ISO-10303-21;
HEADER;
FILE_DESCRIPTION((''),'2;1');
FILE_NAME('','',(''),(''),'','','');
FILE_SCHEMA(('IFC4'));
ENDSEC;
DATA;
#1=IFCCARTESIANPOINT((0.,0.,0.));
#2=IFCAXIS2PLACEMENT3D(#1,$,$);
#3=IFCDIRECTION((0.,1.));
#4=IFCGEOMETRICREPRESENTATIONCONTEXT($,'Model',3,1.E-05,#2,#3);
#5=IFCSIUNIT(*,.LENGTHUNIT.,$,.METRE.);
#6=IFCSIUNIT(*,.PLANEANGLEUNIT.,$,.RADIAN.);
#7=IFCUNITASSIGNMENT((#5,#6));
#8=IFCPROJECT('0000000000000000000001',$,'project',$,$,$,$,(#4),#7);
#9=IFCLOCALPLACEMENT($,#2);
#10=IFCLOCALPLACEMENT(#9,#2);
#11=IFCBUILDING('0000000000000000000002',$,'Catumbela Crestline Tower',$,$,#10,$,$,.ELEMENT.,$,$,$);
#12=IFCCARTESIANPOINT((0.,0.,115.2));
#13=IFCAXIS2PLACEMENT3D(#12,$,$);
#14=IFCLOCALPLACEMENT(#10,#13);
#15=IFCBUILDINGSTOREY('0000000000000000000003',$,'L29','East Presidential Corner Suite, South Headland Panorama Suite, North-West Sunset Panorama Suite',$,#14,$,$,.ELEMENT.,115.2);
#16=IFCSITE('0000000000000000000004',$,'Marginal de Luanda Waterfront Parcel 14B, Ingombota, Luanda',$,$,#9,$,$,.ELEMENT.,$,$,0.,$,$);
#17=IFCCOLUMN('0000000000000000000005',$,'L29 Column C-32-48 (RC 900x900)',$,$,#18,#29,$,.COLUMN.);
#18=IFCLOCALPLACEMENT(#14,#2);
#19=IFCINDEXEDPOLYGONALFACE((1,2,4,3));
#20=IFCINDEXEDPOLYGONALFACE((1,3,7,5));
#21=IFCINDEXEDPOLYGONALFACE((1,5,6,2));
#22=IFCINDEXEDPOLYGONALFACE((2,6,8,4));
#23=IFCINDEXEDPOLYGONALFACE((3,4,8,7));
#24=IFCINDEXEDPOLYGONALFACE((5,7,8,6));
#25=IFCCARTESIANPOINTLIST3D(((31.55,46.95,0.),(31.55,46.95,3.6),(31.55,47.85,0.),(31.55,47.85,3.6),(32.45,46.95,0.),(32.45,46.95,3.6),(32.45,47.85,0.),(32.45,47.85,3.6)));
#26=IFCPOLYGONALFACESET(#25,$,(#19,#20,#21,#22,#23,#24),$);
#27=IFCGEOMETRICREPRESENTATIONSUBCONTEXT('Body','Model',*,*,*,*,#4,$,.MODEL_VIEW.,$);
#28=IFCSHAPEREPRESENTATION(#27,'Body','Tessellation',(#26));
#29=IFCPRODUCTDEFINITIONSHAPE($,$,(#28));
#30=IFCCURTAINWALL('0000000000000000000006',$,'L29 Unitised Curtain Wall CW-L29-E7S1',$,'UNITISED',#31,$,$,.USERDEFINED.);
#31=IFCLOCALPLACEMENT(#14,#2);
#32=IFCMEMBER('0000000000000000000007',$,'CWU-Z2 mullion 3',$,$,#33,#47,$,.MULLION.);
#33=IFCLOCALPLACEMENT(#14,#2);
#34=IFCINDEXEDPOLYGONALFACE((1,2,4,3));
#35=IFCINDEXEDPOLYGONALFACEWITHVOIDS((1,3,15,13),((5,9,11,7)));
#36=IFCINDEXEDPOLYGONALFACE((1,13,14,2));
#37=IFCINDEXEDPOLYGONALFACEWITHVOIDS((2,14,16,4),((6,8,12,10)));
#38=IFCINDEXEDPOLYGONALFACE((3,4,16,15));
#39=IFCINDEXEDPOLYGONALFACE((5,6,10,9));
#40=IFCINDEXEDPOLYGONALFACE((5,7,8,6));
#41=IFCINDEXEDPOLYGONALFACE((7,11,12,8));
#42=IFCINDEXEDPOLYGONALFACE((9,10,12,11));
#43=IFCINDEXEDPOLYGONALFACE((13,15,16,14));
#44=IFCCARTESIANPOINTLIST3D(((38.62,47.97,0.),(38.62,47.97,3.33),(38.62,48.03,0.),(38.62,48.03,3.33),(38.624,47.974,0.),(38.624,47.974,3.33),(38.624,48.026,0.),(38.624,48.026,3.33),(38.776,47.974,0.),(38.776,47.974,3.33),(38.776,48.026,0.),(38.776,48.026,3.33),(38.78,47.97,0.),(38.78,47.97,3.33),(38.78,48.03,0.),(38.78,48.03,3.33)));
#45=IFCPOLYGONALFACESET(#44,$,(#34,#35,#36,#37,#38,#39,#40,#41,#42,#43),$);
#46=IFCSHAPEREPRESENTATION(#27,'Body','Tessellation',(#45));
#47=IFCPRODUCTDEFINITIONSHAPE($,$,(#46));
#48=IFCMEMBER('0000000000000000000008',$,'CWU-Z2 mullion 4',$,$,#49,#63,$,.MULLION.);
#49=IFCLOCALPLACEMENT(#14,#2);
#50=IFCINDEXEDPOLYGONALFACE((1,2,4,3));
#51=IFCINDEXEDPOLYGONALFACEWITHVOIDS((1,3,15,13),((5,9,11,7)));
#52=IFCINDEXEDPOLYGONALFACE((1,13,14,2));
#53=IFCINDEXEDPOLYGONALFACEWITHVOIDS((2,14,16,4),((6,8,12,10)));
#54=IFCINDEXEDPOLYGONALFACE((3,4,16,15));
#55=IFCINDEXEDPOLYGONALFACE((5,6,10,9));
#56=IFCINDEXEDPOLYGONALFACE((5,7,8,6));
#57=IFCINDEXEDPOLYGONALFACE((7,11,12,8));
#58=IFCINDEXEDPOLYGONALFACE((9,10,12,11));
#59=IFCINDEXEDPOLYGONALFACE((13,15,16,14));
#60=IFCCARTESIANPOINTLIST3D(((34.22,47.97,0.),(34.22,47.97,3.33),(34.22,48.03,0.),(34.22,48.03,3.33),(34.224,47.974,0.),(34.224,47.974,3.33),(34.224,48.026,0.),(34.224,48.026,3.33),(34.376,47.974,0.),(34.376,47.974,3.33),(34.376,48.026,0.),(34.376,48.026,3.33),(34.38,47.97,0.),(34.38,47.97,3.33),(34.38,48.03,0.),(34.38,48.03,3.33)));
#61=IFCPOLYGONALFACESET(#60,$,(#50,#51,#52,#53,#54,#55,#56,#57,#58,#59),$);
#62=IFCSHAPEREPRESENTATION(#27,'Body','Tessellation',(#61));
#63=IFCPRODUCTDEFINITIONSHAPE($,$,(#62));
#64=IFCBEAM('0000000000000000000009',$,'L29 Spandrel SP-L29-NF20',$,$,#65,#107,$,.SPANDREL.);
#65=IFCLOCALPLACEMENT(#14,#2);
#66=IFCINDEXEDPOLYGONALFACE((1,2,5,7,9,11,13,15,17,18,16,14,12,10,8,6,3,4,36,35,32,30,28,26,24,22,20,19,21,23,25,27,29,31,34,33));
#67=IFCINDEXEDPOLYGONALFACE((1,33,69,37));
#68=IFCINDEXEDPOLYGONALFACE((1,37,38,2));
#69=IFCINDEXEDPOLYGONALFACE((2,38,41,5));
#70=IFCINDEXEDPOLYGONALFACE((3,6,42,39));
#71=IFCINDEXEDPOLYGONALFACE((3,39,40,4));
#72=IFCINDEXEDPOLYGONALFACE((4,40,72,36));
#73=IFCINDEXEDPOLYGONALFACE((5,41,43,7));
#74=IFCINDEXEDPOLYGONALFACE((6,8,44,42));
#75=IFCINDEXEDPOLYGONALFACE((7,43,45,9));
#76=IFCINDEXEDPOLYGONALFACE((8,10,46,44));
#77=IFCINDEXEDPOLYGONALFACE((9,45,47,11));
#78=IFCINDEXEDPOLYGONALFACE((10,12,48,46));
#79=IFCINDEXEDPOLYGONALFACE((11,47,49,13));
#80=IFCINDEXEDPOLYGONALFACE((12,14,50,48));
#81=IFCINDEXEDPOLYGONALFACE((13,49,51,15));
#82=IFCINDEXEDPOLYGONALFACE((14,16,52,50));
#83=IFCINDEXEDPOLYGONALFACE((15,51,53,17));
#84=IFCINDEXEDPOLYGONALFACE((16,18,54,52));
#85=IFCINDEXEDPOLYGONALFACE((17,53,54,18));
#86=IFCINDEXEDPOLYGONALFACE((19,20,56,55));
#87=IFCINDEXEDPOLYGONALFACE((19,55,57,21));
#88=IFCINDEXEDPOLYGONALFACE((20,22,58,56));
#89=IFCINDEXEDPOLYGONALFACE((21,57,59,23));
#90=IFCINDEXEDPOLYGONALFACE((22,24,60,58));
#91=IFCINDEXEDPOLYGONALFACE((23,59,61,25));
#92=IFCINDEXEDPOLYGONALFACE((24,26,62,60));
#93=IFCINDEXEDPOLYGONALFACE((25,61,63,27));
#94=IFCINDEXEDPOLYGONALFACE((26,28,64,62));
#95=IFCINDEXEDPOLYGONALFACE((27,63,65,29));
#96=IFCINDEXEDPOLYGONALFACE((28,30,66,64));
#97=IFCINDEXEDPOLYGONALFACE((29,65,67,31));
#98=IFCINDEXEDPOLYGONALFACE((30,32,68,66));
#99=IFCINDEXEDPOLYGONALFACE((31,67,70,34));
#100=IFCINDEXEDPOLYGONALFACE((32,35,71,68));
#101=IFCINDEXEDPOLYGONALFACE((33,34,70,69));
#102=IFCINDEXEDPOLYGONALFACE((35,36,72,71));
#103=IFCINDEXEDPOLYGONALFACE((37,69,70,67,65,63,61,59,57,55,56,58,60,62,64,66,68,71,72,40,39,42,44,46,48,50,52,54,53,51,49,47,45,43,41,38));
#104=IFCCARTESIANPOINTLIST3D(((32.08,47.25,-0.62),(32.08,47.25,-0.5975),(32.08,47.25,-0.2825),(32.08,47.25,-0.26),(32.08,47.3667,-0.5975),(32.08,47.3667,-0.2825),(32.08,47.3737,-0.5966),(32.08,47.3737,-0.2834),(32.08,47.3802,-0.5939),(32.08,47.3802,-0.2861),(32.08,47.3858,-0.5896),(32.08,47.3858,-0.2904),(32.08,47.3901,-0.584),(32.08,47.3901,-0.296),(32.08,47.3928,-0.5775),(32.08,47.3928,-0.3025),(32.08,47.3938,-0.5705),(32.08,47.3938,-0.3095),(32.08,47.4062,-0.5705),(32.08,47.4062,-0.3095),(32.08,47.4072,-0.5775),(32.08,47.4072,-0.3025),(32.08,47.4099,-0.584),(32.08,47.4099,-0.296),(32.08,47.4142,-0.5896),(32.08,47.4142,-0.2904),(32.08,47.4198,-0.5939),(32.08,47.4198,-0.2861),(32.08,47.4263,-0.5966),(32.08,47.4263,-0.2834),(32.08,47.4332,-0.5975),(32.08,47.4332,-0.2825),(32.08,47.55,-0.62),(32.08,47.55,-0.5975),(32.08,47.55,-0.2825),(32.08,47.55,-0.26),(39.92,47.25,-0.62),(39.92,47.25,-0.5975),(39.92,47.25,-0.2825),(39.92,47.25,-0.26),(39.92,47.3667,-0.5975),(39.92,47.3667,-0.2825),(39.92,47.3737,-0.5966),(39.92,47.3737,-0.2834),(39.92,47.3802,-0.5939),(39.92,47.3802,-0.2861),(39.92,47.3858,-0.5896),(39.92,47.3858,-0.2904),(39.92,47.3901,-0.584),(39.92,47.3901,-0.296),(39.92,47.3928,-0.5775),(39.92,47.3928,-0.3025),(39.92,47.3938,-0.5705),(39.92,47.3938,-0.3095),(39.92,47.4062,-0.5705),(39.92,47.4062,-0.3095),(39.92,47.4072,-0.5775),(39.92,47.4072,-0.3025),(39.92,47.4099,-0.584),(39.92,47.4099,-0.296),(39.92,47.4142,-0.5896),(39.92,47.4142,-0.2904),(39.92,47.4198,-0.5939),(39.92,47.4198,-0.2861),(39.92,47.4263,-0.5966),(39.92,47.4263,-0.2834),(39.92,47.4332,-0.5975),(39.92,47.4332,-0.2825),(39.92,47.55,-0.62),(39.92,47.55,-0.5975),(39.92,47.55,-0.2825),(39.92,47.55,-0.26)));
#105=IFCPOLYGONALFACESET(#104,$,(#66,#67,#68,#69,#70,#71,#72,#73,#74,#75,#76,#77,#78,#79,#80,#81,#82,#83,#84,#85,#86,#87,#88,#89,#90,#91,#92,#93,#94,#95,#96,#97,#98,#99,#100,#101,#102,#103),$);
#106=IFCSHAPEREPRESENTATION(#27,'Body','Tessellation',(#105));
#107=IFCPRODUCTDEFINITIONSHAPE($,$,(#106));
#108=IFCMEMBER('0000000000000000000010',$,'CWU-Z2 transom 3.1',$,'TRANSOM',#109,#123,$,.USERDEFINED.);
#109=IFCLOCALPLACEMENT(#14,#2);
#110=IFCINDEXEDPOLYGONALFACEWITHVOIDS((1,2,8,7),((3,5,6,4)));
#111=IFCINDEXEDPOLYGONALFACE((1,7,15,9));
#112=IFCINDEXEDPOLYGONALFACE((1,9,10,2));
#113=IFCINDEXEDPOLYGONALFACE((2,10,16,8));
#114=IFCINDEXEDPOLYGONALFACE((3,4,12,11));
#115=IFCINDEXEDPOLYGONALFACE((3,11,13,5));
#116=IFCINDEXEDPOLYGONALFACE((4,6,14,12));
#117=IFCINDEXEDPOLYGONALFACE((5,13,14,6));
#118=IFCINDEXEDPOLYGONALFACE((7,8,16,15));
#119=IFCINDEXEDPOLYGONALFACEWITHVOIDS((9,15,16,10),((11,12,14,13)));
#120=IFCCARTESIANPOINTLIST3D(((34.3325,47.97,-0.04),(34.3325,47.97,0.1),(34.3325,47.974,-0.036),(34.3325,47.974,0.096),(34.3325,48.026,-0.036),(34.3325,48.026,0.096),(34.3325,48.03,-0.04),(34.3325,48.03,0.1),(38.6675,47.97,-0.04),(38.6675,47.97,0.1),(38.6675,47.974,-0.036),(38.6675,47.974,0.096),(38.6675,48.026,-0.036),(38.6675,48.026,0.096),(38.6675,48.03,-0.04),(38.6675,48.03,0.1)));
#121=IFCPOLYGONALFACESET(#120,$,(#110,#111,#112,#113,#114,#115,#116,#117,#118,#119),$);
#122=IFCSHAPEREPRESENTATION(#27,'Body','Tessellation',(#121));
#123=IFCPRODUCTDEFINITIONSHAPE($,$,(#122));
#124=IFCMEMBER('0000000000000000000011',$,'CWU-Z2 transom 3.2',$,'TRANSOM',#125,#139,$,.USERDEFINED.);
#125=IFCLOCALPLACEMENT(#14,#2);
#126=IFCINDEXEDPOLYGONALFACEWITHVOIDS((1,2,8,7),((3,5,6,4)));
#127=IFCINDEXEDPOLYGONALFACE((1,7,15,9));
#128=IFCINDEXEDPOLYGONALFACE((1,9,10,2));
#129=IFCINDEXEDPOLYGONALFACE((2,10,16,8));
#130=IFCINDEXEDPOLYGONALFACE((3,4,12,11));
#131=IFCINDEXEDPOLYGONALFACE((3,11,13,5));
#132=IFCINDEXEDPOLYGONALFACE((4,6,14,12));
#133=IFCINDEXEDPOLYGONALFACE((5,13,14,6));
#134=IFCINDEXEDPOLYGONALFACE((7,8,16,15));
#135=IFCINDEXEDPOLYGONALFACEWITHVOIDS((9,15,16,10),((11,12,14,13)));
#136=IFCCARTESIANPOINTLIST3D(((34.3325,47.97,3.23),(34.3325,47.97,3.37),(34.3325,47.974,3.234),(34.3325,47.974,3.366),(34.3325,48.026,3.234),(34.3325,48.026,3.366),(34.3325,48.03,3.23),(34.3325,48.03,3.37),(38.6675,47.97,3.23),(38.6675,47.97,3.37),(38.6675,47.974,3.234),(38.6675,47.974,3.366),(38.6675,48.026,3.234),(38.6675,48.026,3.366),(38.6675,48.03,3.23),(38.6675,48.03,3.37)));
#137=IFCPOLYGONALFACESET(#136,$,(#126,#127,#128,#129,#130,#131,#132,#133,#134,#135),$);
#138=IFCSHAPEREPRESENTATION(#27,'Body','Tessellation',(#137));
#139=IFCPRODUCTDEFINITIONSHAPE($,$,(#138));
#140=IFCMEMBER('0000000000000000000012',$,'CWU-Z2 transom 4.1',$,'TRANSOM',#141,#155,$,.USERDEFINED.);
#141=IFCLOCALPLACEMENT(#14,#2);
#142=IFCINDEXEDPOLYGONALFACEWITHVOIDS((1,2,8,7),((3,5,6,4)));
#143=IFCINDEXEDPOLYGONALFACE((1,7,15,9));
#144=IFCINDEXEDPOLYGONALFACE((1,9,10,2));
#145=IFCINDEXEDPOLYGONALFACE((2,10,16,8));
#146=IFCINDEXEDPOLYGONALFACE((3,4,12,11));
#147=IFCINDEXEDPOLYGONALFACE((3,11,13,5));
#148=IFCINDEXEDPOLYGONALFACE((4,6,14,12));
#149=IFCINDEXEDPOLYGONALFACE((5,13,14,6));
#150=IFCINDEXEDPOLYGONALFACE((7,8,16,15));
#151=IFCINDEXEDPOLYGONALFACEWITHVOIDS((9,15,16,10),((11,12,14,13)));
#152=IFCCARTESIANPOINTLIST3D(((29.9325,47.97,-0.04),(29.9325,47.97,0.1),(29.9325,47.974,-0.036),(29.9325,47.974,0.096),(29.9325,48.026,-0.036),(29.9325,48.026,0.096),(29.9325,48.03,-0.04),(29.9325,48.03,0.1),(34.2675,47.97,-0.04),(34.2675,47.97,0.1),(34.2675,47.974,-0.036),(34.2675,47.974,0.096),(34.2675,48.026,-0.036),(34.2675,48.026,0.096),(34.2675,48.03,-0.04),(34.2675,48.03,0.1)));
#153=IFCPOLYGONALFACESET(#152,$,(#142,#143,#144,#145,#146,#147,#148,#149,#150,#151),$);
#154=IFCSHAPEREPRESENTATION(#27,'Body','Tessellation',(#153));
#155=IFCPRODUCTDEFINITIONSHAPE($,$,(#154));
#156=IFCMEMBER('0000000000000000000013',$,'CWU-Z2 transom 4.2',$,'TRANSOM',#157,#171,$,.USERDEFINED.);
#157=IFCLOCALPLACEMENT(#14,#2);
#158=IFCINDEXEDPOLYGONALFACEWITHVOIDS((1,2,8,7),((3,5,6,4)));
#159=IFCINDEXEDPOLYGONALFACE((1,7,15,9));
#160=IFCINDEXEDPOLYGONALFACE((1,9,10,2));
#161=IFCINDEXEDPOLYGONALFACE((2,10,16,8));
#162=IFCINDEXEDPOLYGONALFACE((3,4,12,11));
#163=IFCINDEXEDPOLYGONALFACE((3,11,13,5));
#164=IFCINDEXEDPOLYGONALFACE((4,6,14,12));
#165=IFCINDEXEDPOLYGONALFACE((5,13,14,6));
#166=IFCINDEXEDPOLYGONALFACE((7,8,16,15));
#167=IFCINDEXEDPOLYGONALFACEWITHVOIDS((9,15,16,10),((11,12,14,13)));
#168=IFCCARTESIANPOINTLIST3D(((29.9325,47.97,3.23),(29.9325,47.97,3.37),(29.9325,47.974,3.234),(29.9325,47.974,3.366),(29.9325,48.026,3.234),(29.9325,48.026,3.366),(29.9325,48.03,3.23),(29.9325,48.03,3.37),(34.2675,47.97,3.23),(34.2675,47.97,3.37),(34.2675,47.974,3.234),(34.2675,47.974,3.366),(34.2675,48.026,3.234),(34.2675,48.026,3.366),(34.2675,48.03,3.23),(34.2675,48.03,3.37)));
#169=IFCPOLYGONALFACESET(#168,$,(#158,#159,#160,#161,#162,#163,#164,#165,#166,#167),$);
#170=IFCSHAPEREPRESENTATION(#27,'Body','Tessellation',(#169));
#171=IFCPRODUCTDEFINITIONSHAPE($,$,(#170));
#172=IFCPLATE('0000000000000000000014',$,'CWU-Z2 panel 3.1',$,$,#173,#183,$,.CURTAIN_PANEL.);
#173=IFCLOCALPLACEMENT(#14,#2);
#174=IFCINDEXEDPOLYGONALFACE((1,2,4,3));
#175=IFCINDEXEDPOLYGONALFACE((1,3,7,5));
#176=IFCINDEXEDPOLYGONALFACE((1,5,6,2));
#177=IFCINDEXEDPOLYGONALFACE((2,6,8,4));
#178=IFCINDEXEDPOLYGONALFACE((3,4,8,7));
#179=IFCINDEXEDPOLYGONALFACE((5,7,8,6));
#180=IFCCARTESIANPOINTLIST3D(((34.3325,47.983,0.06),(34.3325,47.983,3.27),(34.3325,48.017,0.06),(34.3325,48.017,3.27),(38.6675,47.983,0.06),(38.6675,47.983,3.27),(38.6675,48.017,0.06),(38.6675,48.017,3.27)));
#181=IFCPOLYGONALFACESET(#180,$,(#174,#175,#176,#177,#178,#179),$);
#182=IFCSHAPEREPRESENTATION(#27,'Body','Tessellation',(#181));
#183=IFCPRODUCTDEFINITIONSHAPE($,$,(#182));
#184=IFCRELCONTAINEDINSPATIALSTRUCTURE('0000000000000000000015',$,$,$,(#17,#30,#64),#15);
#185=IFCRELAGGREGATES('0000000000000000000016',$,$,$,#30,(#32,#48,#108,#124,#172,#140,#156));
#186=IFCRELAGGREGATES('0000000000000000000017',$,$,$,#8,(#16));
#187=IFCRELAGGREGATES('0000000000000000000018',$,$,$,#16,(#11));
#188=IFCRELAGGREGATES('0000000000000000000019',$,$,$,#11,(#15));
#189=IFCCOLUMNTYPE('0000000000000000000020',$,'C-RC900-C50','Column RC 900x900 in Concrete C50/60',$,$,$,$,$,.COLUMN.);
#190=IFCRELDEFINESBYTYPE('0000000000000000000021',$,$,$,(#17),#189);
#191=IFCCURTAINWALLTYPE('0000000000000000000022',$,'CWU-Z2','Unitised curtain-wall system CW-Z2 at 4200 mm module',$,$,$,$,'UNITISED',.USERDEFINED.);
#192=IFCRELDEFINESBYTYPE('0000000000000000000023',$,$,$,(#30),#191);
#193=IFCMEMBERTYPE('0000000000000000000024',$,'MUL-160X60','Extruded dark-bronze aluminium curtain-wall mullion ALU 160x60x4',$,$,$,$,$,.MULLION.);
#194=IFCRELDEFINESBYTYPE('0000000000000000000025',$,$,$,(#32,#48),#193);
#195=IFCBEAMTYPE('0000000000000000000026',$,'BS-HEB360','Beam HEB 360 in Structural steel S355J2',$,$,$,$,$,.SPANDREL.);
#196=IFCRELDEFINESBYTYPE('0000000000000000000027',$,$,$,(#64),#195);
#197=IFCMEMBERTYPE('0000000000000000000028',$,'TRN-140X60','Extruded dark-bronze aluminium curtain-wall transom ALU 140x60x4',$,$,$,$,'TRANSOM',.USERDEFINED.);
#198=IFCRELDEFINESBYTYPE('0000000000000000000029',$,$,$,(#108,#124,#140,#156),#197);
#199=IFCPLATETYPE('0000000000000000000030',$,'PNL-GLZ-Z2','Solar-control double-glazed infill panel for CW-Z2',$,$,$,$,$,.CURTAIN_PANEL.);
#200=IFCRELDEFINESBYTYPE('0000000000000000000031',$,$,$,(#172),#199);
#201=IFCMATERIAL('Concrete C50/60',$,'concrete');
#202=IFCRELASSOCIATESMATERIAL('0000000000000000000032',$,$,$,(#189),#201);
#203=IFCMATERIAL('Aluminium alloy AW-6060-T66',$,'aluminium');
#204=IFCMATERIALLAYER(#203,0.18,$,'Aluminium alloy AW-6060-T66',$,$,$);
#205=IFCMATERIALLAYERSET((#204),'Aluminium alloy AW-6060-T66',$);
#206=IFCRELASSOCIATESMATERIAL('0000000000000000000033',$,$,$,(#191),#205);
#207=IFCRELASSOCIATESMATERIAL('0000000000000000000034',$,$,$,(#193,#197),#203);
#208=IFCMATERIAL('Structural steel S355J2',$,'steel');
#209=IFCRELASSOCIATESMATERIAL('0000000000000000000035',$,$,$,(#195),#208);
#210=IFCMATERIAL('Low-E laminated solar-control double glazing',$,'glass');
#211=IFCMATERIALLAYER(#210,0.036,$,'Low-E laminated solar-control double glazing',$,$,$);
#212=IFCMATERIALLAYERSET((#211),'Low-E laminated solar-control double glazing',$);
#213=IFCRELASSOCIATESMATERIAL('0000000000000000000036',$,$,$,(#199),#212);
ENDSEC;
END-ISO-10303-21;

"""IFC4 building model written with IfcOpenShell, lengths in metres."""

from ifc_helpers import new_model, si_unit, direction, frame, origin, origin_2d, place, context, subcontext, project, spatial, rectangle, hollow_rectangle, i_section, extrude, material, layer, layer_set, material_profile, profile_set, type_object, element, aggregate, save


model = new_model("IFC4")

# Units and contexts
model_context = context("Model", 3, precision=1e-05, world=origin(), true_north=direction((0.0, 1.0)))
body_context = subcontext(model_context, "Body", "Model", "MODEL_VIEW")
ifc_project = project(units=[si_unit("LENGTHUNIT", "METRE"), si_unit("PLANEANGLEUNIT", "RADIAN")], contexts=[model_context])

# Site, building, storey
site_placement = place(None, origin())
site = spatial("IfcSite", under=ifc_project, at=site_placement, Name="Marginal de Luanda Waterfront Parcel 14B, Ingombota, Luanda", CompositionType="ELEMENT", RefElevation=0.0)
building_placement = place(site_placement, origin())
building = spatial("IfcBuilding", under=site, at=building_placement, Name="Catumbela Crestline Tower", CompositionType="ELEMENT")
storey_placement = place(building_placement, frame((0.0, 0.0, 115.2)))
storey = spatial("IfcBuildingStorey", under=building, at=storey_placement, Name="L29", Description="East Presidential Corner Suite, South Headland Panorama Suite, North-West Sunset Panorama Suite", CompositionType="ELEMENT", Elevation=115.2)

# Column
ifc_material_1 = material(Name="Concrete C50/60", Category="concrete")
ifc_material_profile_1 = material_profile(ifc_material_1, rectangle(XDim=0.9, YDim=0.9, at=origin_2d()), Name="RC 900x900")
ifc_profile_set_1 = profile_set([ifc_material_profile_1], Name="Concrete C50/60")
column_type = type_object("IfcColumnType", Name="C-RC900-C50", Description="Column RC 900x900 in Concrete C50/60", PredefinedType="COLUMN", material=ifc_profile_set_1)
column_placement = place(storey_placement, frame((32.0, 47.4, 0.0), z_axis=(0.0, 0.0, 1.0), x_axis=(1.0, 0.0, 0.0)))
element("IfcColumn", 1, at=column_placement, inside=storey, type_object=column_type, Name="L29 Column C-32-48 (RC 900x900)", PredefinedType="COLUMN", context=body_context, shape_type="SweptSolid", body=[
    extrude(rectangle(XDim=0.9, YDim=0.9, at=origin_2d()), origin(), (0.0, 0.0, 1.0), 3.6),
])

# Curtain wall, members
ifc_material_2 = material(Name="Aluminium alloy AW-6060-T66", Category="aluminium")
ifc_layer_1 = layer(ifc_material_2, 0.18, Name="Aluminium alloy AW-6060-T66")
ifc_layer_set_1 = layer_set([ifc_layer_1], Name="Aluminium alloy AW-6060-T66")
curtain_wall_type = type_object("IfcCurtainWallType", Name="CWU-Z2", Description="Unitised curtain-wall system CW-Z2 at 4200 mm module", ElementType="UNITISED", PredefinedType="USERDEFINED", material=ifc_layer_set_1)
curtain_wall_placement = place(storey_placement, origin())
curtain_wall = element("IfcCurtainWall", 2, at=curtain_wall_placement, inside=storey, type_object=curtain_wall_type, Name="L29 Unitised Curtain Wall CW-L29-E7S1", ObjectType="UNITISED", PredefinedType="USERDEFINED")
ifc_material_profile_2 = material_profile(ifc_material_2, hollow_rectangle(XDim=0.06, YDim=0.16, WallThickness=0.004, at=origin_2d()), Name="ALU 160x60x4")
ifc_profile_set_2 = profile_set([ifc_material_profile_2], Name="Aluminium alloy AW-6060-T66")
member_type_1 = type_object("IfcMemberType", Name="MUL-160X60", Description="Extruded dark-bronze aluminium curtain-wall mullion ALU 160x60x4", PredefinedType="MULLION", material=ifc_profile_set_2)
member_1_placement = place(storey_placement, frame((38.7, 48.0, 0.0), z_axis=(0.0, 0.0, 1.0), x_axis=(0.0, -1.0, 0.0)))
member_1 = element("IfcMember", 3, at=member_1_placement, type_object=member_type_1, Name="CWU-Z2 mullion 3", PredefinedType="MULLION", context=body_context, shape_type="SweptSolid", body=[
    extrude(hollow_rectangle(XDim=0.06, YDim=0.16, WallThickness=0.004, at=origin_2d()), origin(), (0.0, 0.0, 1.0), 3.33),
])
member_2_placement = place(storey_placement, frame((34.3, 48.0, 0.0), z_axis=(0.0, 0.0, 1.0), x_axis=(0.0, -1.0, 0.0)))
member_2 = element("IfcMember", 4, at=member_2_placement, type_object=member_type_1, Name="CWU-Z2 mullion 4", PredefinedType="MULLION", context=body_context, shape_type="SweptSolid", body=[
    extrude(hollow_rectangle(XDim=0.06, YDim=0.16, WallThickness=0.004, at=origin_2d()), origin(), (0.0, 0.0, 1.0), 3.33),
])

# Beam
ifc_material_3 = material(Name="Structural steel S355J2", Category="steel")
ifc_material_profile_3 = material_profile(ifc_material_3, i_section(OverallWidth=0.3, OverallDepth=0.36, WebThickness=0.0125, FlangeThickness=0.0225, FilletRadius=0.027, at=origin_2d()), Name="HEB 360")
ifc_profile_set_3 = profile_set([ifc_material_profile_3], Name="Structural steel S355J2")
beam_type = type_object("IfcBeamType", Name="BS-HEB360", Description="Beam HEB 360 in Structural steel S355J2", PredefinedType="SPANDREL", material=ifc_profile_set_3)
beam_placement = place(storey_placement, frame((32.08, 47.4, -0.44), z_axis=(1.0, 0.0, 0.0), x_axis=(0.0, 1.0, 0.0)))
element("IfcBeam", 5, at=beam_placement, inside=storey, type_object=beam_type, Name="L29 Spandrel SP-L29-NF20", PredefinedType="SPANDREL", context=body_context, shape_type="SweptSolid", body=[
    extrude(i_section(OverallWidth=0.3, OverallDepth=0.36, WebThickness=0.0125, FlangeThickness=0.0225, FilletRadius=0.027, at=origin_2d()), origin(), (0.0, 0.0, 1.0), 7.84),
])

# Members
ifc_material_profile_4 = material_profile(ifc_material_2, hollow_rectangle(XDim=0.06, YDim=0.14, WallThickness=0.004, at=origin_2d()), Name="ALU 140x60x4")
ifc_profile_set_4 = profile_set([ifc_material_profile_4], Name="Aluminium alloy AW-6060-T66")
member_type_2 = type_object("IfcMemberType", Name="TRN-140X60", Description="Extruded dark-bronze aluminium curtain-wall transom ALU 140x60x4", ElementType="TRANSOM", PredefinedType="USERDEFINED", material=ifc_profile_set_4)
member_3_placement = place(storey_placement, frame((38.6675, 48.0, 0.03), z_axis=(-1.0, 0.0, 0.0), x_axis=(0.0, -1.0, 0.0)))
member_3 = element("IfcMember", 6, at=member_3_placement, type_object=member_type_2, Name="CWU-Z2 transom 3.1", ObjectType="TRANSOM", PredefinedType="USERDEFINED", context=body_context, shape_type="SweptSolid", body=[
    extrude(hollow_rectangle(XDim=0.06, YDim=0.14, WallThickness=0.004, at=origin_2d()), origin(), (0.0, 0.0, 1.0), 4.335),
])
member_4_placement = place(storey_placement, frame((38.6675, 48.0, 3.3), z_axis=(-1.0, 0.0, 0.0), x_axis=(0.0, -1.0, 0.0)))
member_4 = element("IfcMember", 7, at=member_4_placement, type_object=member_type_2, Name="CWU-Z2 transom 3.2", ObjectType="TRANSOM", PredefinedType="USERDEFINED", context=body_context, shape_type="SweptSolid", body=[
    extrude(hollow_rectangle(XDim=0.06, YDim=0.14, WallThickness=0.004, at=origin_2d()), origin(), (0.0, 0.0, 1.0), 4.335),
])
member_5_placement = place(storey_placement, frame((34.2675, 48.0, 0.03), z_axis=(-1.0, 0.0, 0.0), x_axis=(0.0, -1.0, 0.0)))
member_5 = element("IfcMember", 8, at=member_5_placement, type_object=member_type_2, Name="CWU-Z2 transom 4.1", ObjectType="TRANSOM", PredefinedType="USERDEFINED", context=body_context, shape_type="SweptSolid", body=[
    extrude(hollow_rectangle(XDim=0.06, YDim=0.14, WallThickness=0.004, at=origin_2d()), origin(), (0.0, 0.0, 1.0), 4.335),
])
member_6_placement = place(storey_placement, frame((34.2675, 48.0, 3.3), z_axis=(-1.0, 0.0, 0.0), x_axis=(0.0, -1.0, 0.0)))
member_6 = element("IfcMember", 9, at=member_6_placement, type_object=member_type_2, Name="CWU-Z2 transom 4.2", ObjectType="TRANSOM", PredefinedType="USERDEFINED", context=body_context, shape_type="SweptSolid", body=[
    extrude(hollow_rectangle(XDim=0.06, YDim=0.14, WallThickness=0.004, at=origin_2d()), origin(), (0.0, 0.0, 1.0), 4.335),
])

# Plate
ifc_material_4 = material(Name="Low-E laminated solar-control double glazing", Category="glass")
ifc_layer_2 = layer(ifc_material_4, 0.036, Name="Low-E laminated solar-control double glazing")
ifc_layer_set_2 = layer_set([ifc_layer_2], Name="Low-E laminated solar-control double glazing")
plate_type = type_object("IfcPlateType", Name="PNL-GLZ-Z2", Description="Solar-control double-glazed infill panel for CW-Z2", PredefinedType="CURTAIN_PANEL", material=ifc_layer_set_2)
plate_1_placement = place(storey_placement, frame((36.5, 48.0, 0.06), z_axis=(0.0, 0.0, 1.0), x_axis=(-1.0, 0.0, 0.0)))
plate_1 = element("IfcPlate", 10, at=plate_1_placement, type_object=plate_type, Name="CWU-Z2 panel 3.1", PredefinedType="CURTAIN_PANEL", context=body_context, shape_type="SweptSolid", body=[
    extrude(rectangle(XDim=4.335, YDim=0.034, at=origin_2d()), origin(), (0.0, 0.0, 1.0), 3.21),
])
aggregate(curtain_wall, [member_1, member_2, member_3, member_4, plate_1, member_5, member_6])

save(model, "model.ifc")
